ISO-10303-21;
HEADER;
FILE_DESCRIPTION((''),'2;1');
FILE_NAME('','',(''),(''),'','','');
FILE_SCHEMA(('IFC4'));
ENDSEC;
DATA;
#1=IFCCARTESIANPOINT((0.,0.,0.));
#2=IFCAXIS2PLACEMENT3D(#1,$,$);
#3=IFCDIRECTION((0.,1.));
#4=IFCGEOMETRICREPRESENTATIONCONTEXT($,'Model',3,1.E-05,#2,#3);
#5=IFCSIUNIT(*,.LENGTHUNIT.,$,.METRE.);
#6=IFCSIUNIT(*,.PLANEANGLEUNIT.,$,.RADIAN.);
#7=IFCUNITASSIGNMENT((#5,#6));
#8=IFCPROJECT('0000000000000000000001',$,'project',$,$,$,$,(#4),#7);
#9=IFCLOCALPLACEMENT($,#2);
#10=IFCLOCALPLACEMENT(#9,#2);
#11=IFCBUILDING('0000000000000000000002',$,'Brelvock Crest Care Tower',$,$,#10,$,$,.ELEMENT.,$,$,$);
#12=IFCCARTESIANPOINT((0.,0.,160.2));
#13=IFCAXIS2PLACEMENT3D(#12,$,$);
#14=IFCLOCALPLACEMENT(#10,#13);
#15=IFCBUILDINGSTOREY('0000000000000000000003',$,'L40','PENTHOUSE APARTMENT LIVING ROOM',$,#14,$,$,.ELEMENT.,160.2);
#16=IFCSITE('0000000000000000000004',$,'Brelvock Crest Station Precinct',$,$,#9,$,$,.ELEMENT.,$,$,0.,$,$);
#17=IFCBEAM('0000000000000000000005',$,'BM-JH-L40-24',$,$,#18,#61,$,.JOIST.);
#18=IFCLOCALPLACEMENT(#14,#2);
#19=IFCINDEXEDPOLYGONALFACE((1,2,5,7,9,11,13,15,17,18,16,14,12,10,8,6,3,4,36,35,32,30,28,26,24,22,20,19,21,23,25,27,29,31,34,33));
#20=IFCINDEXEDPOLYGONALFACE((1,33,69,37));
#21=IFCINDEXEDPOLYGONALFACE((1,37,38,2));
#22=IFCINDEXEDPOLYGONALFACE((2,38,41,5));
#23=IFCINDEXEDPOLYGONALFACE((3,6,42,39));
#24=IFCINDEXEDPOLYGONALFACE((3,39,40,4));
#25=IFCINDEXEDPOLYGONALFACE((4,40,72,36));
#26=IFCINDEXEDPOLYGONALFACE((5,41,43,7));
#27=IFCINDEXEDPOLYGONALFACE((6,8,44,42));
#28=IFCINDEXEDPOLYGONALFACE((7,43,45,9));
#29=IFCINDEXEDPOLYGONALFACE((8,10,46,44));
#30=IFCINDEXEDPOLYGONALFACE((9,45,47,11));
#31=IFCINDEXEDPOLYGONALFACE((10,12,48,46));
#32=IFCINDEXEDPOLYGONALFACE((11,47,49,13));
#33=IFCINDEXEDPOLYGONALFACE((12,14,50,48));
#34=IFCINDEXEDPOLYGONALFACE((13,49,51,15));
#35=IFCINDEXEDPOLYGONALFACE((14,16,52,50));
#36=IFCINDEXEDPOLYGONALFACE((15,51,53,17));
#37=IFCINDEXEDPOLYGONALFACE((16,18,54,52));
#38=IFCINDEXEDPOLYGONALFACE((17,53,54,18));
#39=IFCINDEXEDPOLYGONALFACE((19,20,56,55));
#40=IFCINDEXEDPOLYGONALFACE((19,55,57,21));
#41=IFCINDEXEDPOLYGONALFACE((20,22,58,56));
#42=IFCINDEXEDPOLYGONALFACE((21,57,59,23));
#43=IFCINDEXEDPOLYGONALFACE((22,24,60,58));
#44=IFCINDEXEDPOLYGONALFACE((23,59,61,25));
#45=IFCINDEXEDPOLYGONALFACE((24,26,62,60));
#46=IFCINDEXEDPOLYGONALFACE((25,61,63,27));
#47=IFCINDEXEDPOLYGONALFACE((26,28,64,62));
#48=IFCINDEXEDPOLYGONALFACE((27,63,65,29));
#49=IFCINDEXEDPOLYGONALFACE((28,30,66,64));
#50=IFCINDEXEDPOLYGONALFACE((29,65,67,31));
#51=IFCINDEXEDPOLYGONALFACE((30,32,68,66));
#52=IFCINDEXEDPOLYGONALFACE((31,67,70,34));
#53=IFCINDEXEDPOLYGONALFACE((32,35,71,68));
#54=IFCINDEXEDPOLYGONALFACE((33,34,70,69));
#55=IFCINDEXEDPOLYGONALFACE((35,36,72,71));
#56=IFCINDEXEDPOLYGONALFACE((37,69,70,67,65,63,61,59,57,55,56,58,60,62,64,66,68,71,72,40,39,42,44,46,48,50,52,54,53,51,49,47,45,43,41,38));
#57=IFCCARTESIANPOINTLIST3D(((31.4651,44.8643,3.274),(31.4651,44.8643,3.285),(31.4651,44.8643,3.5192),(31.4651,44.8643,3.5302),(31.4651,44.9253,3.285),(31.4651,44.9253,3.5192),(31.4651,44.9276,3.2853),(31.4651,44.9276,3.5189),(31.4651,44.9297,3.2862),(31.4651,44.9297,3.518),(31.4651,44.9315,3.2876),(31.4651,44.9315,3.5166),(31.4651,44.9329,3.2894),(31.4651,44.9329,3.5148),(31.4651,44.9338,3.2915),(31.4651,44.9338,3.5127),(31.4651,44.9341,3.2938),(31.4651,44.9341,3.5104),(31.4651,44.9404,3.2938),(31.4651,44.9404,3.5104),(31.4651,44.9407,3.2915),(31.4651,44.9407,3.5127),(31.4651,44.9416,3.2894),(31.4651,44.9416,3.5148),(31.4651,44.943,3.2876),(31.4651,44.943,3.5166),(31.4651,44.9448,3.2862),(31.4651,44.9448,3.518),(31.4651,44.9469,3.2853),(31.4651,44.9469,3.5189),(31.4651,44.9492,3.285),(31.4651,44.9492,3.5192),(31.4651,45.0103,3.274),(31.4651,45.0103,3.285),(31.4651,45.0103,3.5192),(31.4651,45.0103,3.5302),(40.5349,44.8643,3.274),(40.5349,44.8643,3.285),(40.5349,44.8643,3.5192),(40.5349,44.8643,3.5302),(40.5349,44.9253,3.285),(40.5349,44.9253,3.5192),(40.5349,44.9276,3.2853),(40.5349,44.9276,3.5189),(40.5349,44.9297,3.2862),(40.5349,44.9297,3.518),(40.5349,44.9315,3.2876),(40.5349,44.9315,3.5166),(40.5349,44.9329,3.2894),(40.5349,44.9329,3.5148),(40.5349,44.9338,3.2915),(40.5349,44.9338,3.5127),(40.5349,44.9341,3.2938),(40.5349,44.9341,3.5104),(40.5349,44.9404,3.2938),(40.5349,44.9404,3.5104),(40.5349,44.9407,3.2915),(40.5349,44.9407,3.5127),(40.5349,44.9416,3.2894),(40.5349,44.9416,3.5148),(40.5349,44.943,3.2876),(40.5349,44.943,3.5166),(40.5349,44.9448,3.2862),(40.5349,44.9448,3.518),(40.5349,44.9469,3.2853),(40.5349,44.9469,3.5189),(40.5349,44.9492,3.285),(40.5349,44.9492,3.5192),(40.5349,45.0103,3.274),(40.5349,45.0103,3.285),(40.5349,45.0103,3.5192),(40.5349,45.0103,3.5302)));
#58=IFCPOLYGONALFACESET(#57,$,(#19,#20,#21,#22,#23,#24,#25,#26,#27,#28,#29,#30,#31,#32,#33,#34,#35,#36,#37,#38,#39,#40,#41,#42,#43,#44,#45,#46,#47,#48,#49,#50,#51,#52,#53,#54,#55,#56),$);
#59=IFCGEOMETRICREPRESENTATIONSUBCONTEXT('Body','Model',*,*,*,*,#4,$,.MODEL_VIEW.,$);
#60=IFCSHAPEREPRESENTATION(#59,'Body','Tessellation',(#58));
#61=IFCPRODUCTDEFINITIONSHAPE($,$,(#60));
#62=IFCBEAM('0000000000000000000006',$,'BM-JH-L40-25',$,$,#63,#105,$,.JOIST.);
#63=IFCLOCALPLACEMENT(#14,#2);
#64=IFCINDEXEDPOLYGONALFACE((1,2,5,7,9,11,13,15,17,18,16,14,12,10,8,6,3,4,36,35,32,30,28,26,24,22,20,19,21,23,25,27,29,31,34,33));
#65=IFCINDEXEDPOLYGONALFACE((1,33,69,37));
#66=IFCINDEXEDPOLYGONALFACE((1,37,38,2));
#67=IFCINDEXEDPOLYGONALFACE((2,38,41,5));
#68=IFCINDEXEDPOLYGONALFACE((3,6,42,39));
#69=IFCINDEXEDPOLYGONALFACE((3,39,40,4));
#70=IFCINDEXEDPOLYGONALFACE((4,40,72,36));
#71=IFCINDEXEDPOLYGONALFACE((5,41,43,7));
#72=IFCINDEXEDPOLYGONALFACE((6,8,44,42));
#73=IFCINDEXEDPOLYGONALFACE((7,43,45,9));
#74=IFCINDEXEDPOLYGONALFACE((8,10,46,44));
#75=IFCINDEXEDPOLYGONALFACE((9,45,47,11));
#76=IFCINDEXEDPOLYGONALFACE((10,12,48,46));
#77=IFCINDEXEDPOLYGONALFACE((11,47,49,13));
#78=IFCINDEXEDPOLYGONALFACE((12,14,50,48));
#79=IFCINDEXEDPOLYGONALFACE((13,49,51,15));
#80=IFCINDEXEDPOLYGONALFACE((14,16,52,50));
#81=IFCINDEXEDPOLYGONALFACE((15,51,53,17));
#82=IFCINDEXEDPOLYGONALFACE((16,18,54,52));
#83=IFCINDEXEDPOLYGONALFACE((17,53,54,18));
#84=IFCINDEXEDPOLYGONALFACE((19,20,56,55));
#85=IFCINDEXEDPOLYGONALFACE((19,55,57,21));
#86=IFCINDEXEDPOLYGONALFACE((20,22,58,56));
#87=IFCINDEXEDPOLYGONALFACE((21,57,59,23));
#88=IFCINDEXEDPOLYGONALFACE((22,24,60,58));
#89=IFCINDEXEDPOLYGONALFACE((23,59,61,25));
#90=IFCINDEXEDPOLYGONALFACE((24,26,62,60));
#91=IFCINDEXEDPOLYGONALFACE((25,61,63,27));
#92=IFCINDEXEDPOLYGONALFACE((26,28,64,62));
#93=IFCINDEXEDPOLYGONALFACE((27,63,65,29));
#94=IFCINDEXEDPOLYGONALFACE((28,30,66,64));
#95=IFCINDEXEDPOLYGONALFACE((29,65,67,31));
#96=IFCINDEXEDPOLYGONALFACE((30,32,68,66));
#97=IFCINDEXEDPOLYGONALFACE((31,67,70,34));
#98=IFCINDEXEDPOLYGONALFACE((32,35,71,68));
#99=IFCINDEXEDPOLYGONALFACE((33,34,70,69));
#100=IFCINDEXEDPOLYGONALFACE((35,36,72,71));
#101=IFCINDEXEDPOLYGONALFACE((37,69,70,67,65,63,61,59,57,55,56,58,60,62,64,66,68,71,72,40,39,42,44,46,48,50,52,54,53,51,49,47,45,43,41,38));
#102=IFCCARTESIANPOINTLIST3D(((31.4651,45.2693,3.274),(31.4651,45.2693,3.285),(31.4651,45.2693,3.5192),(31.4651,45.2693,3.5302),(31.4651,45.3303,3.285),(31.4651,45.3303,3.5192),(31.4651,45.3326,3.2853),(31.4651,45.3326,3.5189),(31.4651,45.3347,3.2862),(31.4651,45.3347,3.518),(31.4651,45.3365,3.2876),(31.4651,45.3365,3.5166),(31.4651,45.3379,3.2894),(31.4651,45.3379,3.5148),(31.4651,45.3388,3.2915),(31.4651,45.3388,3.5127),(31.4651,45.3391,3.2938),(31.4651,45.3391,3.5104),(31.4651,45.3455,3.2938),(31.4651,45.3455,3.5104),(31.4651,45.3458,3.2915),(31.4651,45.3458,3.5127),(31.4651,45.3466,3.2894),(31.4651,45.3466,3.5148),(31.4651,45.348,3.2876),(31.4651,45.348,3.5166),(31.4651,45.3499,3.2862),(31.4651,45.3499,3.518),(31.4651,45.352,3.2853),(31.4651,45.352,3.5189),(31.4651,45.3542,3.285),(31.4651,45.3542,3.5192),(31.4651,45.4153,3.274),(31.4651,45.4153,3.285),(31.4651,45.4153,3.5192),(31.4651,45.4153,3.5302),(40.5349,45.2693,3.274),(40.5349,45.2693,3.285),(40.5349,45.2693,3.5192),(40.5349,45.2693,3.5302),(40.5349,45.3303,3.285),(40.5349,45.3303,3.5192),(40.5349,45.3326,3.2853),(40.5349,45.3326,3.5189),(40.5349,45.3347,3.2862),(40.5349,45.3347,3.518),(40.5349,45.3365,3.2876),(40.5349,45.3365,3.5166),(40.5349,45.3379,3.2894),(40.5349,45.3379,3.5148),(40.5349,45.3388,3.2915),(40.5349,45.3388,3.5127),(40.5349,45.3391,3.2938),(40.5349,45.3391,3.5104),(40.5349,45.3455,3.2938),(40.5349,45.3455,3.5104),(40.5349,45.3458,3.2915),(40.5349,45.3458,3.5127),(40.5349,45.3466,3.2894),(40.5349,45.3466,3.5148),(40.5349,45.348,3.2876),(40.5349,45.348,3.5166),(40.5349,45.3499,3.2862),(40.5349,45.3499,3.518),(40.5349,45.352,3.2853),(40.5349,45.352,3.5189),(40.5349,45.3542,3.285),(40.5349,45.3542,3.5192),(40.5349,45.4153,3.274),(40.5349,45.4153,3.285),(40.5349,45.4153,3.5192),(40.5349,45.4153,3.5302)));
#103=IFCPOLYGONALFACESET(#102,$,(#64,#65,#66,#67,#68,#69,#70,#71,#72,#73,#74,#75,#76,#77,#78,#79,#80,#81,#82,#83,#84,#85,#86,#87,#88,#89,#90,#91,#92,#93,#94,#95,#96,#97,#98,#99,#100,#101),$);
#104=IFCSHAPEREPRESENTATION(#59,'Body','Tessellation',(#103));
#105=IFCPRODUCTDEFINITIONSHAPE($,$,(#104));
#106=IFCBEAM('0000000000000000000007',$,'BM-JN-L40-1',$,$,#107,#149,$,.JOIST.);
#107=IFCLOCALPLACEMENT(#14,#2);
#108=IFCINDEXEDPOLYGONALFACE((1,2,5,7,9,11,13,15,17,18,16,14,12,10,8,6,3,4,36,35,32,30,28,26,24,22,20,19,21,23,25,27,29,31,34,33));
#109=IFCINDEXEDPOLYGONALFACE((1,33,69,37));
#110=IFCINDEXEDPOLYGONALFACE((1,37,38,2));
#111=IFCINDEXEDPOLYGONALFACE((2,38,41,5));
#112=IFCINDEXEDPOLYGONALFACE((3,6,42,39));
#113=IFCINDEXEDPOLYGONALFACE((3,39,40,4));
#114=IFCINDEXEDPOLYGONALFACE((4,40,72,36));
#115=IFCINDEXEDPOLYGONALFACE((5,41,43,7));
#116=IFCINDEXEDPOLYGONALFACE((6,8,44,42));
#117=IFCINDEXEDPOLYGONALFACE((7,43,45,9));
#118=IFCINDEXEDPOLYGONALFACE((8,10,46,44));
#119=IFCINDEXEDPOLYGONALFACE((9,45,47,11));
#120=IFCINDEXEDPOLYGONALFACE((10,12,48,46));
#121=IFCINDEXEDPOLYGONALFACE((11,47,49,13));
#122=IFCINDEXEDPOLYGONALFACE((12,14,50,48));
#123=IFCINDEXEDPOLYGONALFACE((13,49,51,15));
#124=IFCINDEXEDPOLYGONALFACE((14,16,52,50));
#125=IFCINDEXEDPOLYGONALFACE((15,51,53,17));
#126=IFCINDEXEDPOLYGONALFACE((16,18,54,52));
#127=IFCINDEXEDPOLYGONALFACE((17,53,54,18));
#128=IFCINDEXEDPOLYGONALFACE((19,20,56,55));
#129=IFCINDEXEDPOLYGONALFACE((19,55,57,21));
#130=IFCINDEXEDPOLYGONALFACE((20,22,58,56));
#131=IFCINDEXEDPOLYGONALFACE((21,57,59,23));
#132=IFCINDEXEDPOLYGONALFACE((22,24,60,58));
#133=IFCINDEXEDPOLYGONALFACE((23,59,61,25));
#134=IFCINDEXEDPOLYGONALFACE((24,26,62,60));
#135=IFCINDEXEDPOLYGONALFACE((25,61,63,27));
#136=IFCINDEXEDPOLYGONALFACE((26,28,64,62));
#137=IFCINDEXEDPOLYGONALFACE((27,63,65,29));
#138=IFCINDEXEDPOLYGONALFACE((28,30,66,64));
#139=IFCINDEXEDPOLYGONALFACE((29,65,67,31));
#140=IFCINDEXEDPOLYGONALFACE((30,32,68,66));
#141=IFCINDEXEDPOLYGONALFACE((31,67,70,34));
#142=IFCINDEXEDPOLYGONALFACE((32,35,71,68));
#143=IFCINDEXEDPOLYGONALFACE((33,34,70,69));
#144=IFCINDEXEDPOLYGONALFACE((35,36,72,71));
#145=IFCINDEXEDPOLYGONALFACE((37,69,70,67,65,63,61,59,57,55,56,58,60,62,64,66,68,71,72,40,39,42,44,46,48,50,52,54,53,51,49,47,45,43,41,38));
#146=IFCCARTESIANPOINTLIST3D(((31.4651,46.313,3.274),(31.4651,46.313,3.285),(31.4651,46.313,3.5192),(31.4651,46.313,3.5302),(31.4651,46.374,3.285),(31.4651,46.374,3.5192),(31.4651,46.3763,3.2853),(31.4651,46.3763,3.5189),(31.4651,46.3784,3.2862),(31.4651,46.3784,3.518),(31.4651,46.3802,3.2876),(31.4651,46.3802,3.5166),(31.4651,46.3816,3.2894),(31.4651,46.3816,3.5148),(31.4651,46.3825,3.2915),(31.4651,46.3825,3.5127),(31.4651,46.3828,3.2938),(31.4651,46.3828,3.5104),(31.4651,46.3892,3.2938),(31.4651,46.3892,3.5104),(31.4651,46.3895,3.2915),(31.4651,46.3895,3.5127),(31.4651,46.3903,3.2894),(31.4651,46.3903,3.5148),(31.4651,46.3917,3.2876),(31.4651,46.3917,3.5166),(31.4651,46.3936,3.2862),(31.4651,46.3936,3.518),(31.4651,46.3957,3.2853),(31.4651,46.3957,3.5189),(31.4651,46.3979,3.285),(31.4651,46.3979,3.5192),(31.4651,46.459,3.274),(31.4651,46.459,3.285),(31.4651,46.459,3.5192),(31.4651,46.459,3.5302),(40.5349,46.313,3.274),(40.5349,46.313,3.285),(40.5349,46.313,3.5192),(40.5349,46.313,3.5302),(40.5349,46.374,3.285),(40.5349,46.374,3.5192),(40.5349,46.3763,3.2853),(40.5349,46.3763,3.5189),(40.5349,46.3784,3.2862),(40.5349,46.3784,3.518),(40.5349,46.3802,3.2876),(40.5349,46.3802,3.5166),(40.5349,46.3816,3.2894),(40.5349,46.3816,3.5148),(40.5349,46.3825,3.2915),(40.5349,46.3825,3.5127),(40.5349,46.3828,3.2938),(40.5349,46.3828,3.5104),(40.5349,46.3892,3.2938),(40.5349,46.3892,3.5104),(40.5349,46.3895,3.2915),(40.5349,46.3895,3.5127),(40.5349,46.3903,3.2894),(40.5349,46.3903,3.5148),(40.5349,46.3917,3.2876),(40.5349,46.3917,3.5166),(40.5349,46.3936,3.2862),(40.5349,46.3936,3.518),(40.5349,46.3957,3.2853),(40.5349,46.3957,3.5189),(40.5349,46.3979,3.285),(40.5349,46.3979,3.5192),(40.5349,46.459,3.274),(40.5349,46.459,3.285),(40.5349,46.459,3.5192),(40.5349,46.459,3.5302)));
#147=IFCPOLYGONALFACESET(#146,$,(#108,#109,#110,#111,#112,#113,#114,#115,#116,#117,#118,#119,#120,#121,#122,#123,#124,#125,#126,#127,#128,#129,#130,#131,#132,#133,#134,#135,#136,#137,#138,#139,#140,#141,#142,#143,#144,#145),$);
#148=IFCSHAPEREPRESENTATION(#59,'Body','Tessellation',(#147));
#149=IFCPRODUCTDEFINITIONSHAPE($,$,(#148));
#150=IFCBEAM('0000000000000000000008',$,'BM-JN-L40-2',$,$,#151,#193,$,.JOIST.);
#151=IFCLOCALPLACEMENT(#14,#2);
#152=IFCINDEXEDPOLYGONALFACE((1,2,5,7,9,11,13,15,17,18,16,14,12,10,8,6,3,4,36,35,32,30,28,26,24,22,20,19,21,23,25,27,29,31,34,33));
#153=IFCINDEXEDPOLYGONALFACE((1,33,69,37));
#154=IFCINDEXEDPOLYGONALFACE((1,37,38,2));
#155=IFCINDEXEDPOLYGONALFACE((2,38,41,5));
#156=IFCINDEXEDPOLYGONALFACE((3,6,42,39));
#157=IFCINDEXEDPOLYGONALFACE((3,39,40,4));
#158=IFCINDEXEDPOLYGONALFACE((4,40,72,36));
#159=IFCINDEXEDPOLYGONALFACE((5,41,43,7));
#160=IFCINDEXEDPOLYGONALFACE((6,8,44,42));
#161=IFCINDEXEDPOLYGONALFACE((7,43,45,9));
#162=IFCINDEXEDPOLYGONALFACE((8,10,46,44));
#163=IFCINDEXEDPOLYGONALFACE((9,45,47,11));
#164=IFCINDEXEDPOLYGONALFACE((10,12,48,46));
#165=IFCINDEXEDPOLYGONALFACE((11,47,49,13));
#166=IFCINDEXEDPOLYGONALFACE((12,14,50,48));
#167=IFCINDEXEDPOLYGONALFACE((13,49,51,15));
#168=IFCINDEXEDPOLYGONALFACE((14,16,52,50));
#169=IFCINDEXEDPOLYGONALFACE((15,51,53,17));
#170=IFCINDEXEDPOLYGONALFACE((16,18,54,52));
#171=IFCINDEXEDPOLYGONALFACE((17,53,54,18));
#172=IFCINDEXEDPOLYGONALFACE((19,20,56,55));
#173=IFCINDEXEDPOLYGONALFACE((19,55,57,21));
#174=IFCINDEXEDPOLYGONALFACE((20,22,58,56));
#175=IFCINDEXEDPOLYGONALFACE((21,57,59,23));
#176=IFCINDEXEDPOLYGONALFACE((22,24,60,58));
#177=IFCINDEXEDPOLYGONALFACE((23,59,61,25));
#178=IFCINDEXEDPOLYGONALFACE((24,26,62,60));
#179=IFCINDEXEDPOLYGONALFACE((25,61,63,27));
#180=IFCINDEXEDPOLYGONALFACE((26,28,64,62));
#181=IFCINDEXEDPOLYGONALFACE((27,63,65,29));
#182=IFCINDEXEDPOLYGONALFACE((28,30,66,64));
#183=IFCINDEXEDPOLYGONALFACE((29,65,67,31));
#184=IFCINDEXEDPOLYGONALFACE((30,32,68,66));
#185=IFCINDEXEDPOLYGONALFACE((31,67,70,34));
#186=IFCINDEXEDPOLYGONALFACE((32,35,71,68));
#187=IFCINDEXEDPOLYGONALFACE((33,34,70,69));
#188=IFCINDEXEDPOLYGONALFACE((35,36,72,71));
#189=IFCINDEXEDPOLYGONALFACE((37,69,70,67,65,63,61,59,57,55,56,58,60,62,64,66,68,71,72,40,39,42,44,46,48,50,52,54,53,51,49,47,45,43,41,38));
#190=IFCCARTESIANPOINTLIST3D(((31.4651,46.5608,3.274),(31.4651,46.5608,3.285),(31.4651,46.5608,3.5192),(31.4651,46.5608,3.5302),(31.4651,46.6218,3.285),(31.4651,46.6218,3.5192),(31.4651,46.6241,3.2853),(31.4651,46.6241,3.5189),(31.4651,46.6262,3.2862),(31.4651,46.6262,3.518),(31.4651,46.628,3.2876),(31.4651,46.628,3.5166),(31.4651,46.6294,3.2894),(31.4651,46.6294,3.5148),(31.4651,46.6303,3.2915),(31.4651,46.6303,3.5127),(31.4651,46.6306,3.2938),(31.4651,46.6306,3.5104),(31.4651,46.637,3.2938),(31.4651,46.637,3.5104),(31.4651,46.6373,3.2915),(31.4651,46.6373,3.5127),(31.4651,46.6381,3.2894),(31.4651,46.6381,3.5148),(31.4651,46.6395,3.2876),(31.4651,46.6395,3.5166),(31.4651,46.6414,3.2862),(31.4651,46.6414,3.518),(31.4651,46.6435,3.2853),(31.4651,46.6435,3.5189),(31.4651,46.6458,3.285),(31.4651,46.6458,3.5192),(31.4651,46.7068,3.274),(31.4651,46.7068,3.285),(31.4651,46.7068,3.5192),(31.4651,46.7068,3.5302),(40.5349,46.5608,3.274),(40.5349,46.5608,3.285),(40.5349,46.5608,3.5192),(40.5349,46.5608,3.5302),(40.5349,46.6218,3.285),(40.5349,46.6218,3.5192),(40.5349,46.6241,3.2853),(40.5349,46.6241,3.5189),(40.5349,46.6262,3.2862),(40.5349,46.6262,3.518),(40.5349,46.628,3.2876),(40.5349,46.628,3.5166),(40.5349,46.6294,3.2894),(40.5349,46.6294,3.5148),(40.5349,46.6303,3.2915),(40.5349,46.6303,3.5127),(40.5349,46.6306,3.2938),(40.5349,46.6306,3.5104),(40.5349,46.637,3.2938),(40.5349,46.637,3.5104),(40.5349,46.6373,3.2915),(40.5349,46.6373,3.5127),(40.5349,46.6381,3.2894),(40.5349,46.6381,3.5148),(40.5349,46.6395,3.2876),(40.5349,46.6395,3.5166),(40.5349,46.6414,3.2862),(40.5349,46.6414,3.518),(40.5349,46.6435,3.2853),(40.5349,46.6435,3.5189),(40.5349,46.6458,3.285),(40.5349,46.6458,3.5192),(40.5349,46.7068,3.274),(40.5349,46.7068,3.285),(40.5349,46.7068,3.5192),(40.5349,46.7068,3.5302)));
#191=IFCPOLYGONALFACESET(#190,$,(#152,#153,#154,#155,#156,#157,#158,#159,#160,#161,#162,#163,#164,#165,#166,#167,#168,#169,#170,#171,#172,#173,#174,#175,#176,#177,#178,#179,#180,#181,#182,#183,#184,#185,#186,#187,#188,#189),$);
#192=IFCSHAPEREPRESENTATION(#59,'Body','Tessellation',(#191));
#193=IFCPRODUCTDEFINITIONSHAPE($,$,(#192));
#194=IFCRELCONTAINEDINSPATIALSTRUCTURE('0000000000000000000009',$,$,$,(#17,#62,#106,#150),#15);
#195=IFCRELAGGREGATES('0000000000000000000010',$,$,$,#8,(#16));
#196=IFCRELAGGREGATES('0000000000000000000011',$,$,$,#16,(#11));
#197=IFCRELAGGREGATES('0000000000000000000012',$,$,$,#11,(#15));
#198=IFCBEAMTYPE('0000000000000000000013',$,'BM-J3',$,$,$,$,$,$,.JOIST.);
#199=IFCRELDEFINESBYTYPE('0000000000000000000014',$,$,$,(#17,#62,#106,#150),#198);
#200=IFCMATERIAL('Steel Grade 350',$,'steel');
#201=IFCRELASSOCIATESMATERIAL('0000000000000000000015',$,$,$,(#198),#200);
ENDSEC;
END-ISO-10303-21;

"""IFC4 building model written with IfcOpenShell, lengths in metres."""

from ifc_helpers import new_model, si_unit, direction, frame, origin, origin_2d, place, context, subcontext, project, spatial, i_section, extrude, source, transform, mapped, material, material_profile, profile_set, type_object, element, save


model = new_model("IFC4")

# Units and contexts
model_context = context("Model", 3, precision=1e-05, world=origin(), true_north=direction((0.0, 1.0)))
body_context = subcontext(model_context, "Body", "Model", "MODEL_VIEW")
ifc_project = project(units=[si_unit("LENGTHUNIT", "METRE"), si_unit("PLANEANGLEUNIT", "RADIAN")], contexts=[model_context])

# Site, building, storey
site_placement = place(None, origin())
site = spatial("IfcSite", under=ifc_project, at=site_placement, Name="Brelvock Crest Station Precinct", CompositionType="ELEMENT", RefElevation=0.0)
building_placement = place(site_placement, origin())
building = spatial("IfcBuilding", under=site, at=building_placement, Name="Brelvock Crest Care Tower", CompositionType="ELEMENT")
storey_placement = place(building_placement, frame((0.0, 0.0, 160.2)))
storey = spatial("IfcBuildingStorey", under=building, at=storey_placement, Name="L40", Description="PENTHOUSE APARTMENT LIVING ROOM", CompositionType="ELEMENT", Elevation=160.2)

# Beams
ifc_material = material(Name="Steel Grade 350", Category="steel")
ifc_material_profile = material_profile(ifc_material, i_section(OverallWidth=0.146, OverallDepth=0.2561, WebThickness=0.0063, FlangeThickness=0.011, FilletRadius=0.0088, at=origin_2d()), Name="250UB37.3")
ifc_profile_set = profile_set([ifc_material_profile], Name="Steel Grade 350")
beam_type = type_object("IfcBeamType", Name="BM-J3", PredefinedType="JOIST", material=ifc_profile_set)
shared_shape = source(origin(), body_context, "Body", "SweptSolid", [
    extrude(i_section(OverallWidth=0.146, OverallDepth=0.2561, WebThickness=0.0063, FlangeThickness=0.011, FilletRadius=0.0088, at=origin_2d()), origin(), (0.0, 0.0, 1.0), 9.0698),
])
for number, where, z_axis, x_axis, name in (
    (1, (31.4651, 44.9373, 3.4021), (1.0, 0.0, 0.0), (0.0, 1.0, 0.0), "BM-JH-L40-24"),
    (2, (31.4651, 45.3423, 3.4021), (1.0, 0.0, 0.0), (0.0, 1.0, 0.0), "BM-JH-L40-25"),
    (3, (31.4651, 46.386, 3.4021), (1.0, 0.0, 0.0), (0.0, 1.0, 0.0), "BM-JN-L40-1"),
    (4, (31.4651, 46.6338, 3.4021), (1.0, 0.0, 0.0), (0.0, 1.0, 0.0), "BM-JN-L40-2"),
):
    element("IfcBeam", number, at=place(storey_placement, frame(where, z_axis=z_axis, x_axis=x_axis)), inside=storey, type_object=beam_type, Name=name, PredefinedType="JOIST", context=body_context, shape_type="MappedRepresentation", body=[
        mapped(shared_shape, transform((0.0, 0.0, 0.0), x_axis=(1.0, 0.0, 0.0), y_axis=(0.0, 1.0, 0.0), z_axis=(0.0, 0.0, 1.0), scale=1.0)),
    ])

save(model, "model.ifc")
